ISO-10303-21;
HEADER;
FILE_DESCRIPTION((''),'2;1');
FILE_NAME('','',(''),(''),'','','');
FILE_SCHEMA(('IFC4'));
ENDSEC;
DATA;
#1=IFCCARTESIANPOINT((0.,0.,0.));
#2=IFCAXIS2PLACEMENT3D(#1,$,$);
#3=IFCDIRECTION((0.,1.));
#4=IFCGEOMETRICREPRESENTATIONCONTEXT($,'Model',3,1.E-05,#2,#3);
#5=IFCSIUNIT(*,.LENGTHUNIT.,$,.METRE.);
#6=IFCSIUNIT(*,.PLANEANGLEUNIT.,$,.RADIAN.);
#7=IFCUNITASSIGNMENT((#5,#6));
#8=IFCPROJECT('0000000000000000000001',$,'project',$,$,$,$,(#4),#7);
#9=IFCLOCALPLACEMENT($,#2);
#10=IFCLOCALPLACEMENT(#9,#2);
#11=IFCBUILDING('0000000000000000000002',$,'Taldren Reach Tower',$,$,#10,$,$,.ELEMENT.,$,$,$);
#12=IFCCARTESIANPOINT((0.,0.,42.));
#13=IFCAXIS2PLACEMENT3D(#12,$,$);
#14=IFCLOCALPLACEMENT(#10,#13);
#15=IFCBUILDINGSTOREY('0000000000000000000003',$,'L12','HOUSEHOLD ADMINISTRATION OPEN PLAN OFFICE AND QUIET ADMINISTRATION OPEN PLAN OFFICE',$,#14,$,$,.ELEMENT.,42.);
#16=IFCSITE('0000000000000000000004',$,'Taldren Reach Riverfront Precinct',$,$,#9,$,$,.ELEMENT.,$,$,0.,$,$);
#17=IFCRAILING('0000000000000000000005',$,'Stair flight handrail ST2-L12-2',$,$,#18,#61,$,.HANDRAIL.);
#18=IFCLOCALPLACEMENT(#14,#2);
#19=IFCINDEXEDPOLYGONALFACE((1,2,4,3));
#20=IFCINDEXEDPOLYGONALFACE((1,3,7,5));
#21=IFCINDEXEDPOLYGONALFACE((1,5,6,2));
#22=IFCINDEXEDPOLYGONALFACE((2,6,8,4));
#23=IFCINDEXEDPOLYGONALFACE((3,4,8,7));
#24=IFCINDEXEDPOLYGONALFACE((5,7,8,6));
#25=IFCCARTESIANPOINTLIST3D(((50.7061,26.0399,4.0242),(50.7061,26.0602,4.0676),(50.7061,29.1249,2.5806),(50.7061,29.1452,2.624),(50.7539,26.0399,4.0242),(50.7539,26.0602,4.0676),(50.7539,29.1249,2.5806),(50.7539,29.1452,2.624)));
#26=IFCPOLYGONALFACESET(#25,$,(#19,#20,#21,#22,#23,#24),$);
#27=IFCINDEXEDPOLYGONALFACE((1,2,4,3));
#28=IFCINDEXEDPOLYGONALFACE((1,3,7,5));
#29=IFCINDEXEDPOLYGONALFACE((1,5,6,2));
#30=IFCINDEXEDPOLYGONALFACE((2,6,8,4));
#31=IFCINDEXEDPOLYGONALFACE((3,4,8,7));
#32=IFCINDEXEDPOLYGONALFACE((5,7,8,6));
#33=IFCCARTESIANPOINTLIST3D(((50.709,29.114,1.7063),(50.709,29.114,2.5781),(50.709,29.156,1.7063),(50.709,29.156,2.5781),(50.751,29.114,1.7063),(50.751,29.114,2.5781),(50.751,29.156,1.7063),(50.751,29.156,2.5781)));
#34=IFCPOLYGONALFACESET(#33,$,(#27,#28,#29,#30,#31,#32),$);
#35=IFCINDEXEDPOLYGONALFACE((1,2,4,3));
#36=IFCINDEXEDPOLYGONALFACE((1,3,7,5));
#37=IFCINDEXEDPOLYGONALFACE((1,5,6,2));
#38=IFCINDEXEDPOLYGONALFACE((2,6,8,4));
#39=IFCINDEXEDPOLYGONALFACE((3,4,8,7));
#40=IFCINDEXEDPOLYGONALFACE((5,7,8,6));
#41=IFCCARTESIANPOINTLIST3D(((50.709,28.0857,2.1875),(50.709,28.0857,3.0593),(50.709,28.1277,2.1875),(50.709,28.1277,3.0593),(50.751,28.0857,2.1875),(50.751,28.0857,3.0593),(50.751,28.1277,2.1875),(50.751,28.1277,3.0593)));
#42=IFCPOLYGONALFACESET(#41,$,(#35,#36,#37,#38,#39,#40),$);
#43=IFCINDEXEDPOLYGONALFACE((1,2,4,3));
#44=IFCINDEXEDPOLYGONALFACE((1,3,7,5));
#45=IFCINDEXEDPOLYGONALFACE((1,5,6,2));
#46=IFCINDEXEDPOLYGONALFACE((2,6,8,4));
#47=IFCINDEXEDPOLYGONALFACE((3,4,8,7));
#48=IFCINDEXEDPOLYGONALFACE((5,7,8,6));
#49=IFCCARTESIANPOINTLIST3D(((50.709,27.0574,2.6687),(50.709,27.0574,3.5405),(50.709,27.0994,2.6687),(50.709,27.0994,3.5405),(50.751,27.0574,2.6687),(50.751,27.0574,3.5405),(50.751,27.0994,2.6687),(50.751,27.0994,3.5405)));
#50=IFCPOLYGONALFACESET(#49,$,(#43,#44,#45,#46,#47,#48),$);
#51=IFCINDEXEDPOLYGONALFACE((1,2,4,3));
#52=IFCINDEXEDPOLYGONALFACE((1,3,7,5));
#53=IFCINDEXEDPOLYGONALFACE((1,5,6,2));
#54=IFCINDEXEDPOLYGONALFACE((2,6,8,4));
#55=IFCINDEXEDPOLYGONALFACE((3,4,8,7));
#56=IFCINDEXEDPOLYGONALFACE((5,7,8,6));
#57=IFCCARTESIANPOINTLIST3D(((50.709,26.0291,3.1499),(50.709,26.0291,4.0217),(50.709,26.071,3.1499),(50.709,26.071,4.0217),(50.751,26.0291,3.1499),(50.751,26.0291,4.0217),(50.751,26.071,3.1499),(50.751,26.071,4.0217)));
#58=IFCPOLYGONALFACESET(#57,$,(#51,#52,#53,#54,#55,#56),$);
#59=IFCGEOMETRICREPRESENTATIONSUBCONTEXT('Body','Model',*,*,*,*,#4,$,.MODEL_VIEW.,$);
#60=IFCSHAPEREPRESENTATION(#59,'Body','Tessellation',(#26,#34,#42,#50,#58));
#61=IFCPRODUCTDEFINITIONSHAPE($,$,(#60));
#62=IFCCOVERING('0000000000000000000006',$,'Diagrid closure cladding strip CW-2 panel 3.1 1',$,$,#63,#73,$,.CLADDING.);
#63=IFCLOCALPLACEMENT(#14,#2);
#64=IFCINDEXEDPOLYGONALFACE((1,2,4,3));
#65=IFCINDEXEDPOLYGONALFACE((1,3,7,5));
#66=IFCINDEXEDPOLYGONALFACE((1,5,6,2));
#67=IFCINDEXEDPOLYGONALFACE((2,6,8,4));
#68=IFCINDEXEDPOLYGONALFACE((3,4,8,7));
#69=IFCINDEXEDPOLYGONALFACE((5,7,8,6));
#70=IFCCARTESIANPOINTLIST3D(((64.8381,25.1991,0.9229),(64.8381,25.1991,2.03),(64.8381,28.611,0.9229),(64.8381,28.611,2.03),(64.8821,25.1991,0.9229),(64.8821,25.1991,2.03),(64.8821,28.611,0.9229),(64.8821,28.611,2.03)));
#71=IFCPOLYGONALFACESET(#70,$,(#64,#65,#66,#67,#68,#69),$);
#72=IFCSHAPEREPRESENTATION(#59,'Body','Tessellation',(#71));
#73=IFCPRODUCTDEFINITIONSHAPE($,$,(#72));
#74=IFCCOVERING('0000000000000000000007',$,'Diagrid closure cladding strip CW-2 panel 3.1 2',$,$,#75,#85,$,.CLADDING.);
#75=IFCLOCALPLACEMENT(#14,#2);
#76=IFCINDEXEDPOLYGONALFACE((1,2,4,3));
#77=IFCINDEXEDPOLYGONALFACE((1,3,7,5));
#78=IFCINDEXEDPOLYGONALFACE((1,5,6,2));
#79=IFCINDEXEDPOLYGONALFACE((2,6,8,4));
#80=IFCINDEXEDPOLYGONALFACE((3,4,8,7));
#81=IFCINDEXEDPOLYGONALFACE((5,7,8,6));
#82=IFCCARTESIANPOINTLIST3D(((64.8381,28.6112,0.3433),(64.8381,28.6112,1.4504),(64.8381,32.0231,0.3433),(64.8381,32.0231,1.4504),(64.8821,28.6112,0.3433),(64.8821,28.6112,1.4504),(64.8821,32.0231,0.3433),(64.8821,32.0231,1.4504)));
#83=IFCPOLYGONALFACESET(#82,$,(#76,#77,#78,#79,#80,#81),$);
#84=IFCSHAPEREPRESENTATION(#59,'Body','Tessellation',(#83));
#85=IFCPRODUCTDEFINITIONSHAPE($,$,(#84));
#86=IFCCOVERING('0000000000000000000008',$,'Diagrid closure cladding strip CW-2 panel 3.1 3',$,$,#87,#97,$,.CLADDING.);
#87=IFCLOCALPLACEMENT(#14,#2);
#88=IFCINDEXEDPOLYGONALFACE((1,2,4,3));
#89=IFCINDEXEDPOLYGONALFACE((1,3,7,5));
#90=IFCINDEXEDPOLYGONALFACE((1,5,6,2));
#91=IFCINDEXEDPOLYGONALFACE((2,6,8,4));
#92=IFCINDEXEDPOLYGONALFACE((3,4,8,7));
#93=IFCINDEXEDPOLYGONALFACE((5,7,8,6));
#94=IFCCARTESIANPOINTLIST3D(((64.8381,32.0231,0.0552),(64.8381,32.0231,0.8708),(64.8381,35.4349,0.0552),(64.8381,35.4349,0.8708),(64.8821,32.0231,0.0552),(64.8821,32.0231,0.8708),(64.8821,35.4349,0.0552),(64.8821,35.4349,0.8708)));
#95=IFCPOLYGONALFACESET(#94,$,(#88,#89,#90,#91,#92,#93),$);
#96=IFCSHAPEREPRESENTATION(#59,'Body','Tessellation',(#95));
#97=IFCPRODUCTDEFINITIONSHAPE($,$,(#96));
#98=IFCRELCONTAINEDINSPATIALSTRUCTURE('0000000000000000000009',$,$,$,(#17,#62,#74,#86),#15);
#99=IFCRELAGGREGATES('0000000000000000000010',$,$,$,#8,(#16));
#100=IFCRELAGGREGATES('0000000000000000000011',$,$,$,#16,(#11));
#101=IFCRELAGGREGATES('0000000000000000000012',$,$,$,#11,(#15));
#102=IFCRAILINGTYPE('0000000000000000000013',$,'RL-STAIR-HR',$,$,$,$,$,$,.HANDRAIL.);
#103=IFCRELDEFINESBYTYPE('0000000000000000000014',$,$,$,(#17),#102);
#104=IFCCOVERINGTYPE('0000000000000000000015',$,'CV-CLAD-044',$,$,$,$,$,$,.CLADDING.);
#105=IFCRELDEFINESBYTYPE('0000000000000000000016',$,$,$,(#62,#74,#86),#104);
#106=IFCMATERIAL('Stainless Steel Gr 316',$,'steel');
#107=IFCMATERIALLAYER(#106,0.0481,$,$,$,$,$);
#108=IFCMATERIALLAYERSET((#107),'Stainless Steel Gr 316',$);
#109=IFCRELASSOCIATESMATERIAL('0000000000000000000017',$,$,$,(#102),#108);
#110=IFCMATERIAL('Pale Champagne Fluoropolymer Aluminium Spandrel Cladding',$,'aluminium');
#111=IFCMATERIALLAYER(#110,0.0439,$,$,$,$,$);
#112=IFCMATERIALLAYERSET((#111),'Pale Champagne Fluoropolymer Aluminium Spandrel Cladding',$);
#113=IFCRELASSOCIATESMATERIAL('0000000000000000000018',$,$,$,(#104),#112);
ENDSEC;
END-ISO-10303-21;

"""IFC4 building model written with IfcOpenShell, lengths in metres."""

from ifc_helpers import new_model, si_unit, direction, frame, origin, origin_2d, place, context, subcontext, project, spatial, rectangle, extrude, source, transform, mapped, material, layer, layer_set, type_object, element, save


model = new_model("IFC4")

# Units and contexts
model_context = context("Model", 3, precision=1e-05, world=origin(), true_north=direction((0.0, 1.0)))
body_context = subcontext(model_context, "Body", "Model", "MODEL_VIEW")
ifc_project = project(units=[si_unit("LENGTHUNIT", "METRE"), si_unit("PLANEANGLEUNIT", "RADIAN")], contexts=[model_context])

# Site, building, storey
site_placement = place(None, origin())
site = spatial("IfcSite", under=ifc_project, at=site_placement, Name="Taldren Reach Riverfront Precinct", CompositionType="ELEMENT", RefElevation=0.0)
building_placement = place(site_placement, origin())
building = spatial("IfcBuilding", under=site, at=building_placement, Name="Taldren Reach Tower", CompositionType="ELEMENT")
storey_placement = place(building_placement, frame((0.0, 0.0, 42.0)))
storey = spatial("IfcBuildingStorey", under=building, at=storey_placement, Name="L12", Description="HOUSEHOLD ADMINISTRATION OPEN PLAN OFFICE AND QUIET ADMINISTRATION OPEN PLAN OFFICE", CompositionType="ELEMENT", Elevation=42.0)

# Railing
ifc_material_1 = material(Name="Stainless Steel Gr 316", Category="steel")
ifc_layer_1 = layer(ifc_material_1, 0.0481)
ifc_layer_set_1 = layer_set([ifc_layer_1], Name="Stainless Steel Gr 316")
railing_type = type_object("IfcRailingType", Name="RL-STAIR-HR", PredefinedType="HANDRAIL", material=ifc_layer_set_1)
railing_placement = place(storey_placement, frame((50.73, 29.135, 1.7063)))
element("IfcRailing", 1, at=railing_placement, inside=storey, type_object=railing_type, Name="Stair flight handrail ST2-L12-2", PredefinedType="HANDRAIL", context=body_context, shape_type="SweptSolid", body=[
    extrude(rectangle(XDim=0.0479, YDim=0.0479, at=origin_2d()), frame((0.0, 0.0, 0.896), z_axis=(0.0, -0.905738, 0.423839), x_axis=(1.0, 0.0, 0.0)), (0.0, 0.0, 1.0), 3.406),
    extrude(rectangle(XDim=0.042, YDim=0.042, at=origin_2d()), origin(), (0.0, 0.0, 1.0), 0.8718),
    extrude(rectangle(XDim=0.042, YDim=0.042, at=origin_2d()), frame((0.0, -1.0283, 0.4812)), (0.0, 0.0, 1.0), 0.8718),
    extrude(rectangle(XDim=0.042, YDim=0.042, at=origin_2d()), frame((0.0, -2.0566, 0.9624)), (0.0, 0.0, 1.0), 0.8718),
    extrude(rectangle(XDim=0.042, YDim=0.042, at=origin_2d()), frame((0.0, -3.085, 1.4436)), (0.0, 0.0, 1.0), 0.8718),
])

# Coverings
ifc_material_2 = material(Name="Pale Champagne Fluoropolymer Aluminium Spandrel Cladding", Category="aluminium")
ifc_layer_2 = layer(ifc_material_2, 0.0439)
ifc_layer_set_2 = layer_set([ifc_layer_2], Name="Pale Champagne Fluoropolymer Aluminium Spandrel Cladding")
covering_type = type_object("IfcCoveringType", Name="CV-CLAD-044", PredefinedType="CLADDING", material=ifc_layer_set_2)
shared_shape_1 = source(origin(), body_context, "Body", "SweptSolid", [
    extrude(rectangle(XDim=3.4119, YDim=0.0439, at=origin_2d()), origin(), (0.0, 0.0, 1.0), 1.1072),
])
for number, where, z_axis, x_axis, name in (
    (2, (64.8601, 26.905, 0.9229), (0.0, 0.0, 1.0), (0.0, 1.0, 0.0), "Diagrid closure cladding strip CW-2 panel 3.1 1"),
    (3, (64.8601, 30.3171, 0.3433), (0.0, 0.0, 1.0), (0.0, 1.0, 0.0), "Diagrid closure cladding strip CW-2 panel 3.1 2"),
):
    element("IfcCovering", number, at=place(storey_placement, frame(where, z_axis=z_axis, x_axis=x_axis)), inside=storey, type_object=covering_type, Name=name, PredefinedType="CLADDING", context=body_context, shape_type="MappedRepresentation", body=[
        mapped(shared_shape_1, transform((0.0, 0.0, 0.0), scale=1.0)),
    ])
shared_shape_2 = source(origin(), body_context, "Body", "SweptSolid", [
    extrude(rectangle(XDim=3.4119, YDim=0.0439, at=origin_2d()), origin(), (0.0, 0.0, 1.0), 0.8157),
])
covering_placement = place(storey_placement, frame((64.8601, 33.729, 0.0552), z_axis=(0.0, 0.0, 1.0), x_axis=(0.0, 1.0, 0.0)))
element("IfcCovering", 4, at=covering_placement, inside=storey, type_object=covering_type, Name="Diagrid closure cladding strip CW-2 panel 3.1 3", PredefinedType="CLADDING", context=body_context, shape_type="MappedRepresentation", body=[
    mapped(shared_shape_2, transform((0.0, 0.0, 0.0), scale=1.0)),
])

save(model, "model.ifc")
